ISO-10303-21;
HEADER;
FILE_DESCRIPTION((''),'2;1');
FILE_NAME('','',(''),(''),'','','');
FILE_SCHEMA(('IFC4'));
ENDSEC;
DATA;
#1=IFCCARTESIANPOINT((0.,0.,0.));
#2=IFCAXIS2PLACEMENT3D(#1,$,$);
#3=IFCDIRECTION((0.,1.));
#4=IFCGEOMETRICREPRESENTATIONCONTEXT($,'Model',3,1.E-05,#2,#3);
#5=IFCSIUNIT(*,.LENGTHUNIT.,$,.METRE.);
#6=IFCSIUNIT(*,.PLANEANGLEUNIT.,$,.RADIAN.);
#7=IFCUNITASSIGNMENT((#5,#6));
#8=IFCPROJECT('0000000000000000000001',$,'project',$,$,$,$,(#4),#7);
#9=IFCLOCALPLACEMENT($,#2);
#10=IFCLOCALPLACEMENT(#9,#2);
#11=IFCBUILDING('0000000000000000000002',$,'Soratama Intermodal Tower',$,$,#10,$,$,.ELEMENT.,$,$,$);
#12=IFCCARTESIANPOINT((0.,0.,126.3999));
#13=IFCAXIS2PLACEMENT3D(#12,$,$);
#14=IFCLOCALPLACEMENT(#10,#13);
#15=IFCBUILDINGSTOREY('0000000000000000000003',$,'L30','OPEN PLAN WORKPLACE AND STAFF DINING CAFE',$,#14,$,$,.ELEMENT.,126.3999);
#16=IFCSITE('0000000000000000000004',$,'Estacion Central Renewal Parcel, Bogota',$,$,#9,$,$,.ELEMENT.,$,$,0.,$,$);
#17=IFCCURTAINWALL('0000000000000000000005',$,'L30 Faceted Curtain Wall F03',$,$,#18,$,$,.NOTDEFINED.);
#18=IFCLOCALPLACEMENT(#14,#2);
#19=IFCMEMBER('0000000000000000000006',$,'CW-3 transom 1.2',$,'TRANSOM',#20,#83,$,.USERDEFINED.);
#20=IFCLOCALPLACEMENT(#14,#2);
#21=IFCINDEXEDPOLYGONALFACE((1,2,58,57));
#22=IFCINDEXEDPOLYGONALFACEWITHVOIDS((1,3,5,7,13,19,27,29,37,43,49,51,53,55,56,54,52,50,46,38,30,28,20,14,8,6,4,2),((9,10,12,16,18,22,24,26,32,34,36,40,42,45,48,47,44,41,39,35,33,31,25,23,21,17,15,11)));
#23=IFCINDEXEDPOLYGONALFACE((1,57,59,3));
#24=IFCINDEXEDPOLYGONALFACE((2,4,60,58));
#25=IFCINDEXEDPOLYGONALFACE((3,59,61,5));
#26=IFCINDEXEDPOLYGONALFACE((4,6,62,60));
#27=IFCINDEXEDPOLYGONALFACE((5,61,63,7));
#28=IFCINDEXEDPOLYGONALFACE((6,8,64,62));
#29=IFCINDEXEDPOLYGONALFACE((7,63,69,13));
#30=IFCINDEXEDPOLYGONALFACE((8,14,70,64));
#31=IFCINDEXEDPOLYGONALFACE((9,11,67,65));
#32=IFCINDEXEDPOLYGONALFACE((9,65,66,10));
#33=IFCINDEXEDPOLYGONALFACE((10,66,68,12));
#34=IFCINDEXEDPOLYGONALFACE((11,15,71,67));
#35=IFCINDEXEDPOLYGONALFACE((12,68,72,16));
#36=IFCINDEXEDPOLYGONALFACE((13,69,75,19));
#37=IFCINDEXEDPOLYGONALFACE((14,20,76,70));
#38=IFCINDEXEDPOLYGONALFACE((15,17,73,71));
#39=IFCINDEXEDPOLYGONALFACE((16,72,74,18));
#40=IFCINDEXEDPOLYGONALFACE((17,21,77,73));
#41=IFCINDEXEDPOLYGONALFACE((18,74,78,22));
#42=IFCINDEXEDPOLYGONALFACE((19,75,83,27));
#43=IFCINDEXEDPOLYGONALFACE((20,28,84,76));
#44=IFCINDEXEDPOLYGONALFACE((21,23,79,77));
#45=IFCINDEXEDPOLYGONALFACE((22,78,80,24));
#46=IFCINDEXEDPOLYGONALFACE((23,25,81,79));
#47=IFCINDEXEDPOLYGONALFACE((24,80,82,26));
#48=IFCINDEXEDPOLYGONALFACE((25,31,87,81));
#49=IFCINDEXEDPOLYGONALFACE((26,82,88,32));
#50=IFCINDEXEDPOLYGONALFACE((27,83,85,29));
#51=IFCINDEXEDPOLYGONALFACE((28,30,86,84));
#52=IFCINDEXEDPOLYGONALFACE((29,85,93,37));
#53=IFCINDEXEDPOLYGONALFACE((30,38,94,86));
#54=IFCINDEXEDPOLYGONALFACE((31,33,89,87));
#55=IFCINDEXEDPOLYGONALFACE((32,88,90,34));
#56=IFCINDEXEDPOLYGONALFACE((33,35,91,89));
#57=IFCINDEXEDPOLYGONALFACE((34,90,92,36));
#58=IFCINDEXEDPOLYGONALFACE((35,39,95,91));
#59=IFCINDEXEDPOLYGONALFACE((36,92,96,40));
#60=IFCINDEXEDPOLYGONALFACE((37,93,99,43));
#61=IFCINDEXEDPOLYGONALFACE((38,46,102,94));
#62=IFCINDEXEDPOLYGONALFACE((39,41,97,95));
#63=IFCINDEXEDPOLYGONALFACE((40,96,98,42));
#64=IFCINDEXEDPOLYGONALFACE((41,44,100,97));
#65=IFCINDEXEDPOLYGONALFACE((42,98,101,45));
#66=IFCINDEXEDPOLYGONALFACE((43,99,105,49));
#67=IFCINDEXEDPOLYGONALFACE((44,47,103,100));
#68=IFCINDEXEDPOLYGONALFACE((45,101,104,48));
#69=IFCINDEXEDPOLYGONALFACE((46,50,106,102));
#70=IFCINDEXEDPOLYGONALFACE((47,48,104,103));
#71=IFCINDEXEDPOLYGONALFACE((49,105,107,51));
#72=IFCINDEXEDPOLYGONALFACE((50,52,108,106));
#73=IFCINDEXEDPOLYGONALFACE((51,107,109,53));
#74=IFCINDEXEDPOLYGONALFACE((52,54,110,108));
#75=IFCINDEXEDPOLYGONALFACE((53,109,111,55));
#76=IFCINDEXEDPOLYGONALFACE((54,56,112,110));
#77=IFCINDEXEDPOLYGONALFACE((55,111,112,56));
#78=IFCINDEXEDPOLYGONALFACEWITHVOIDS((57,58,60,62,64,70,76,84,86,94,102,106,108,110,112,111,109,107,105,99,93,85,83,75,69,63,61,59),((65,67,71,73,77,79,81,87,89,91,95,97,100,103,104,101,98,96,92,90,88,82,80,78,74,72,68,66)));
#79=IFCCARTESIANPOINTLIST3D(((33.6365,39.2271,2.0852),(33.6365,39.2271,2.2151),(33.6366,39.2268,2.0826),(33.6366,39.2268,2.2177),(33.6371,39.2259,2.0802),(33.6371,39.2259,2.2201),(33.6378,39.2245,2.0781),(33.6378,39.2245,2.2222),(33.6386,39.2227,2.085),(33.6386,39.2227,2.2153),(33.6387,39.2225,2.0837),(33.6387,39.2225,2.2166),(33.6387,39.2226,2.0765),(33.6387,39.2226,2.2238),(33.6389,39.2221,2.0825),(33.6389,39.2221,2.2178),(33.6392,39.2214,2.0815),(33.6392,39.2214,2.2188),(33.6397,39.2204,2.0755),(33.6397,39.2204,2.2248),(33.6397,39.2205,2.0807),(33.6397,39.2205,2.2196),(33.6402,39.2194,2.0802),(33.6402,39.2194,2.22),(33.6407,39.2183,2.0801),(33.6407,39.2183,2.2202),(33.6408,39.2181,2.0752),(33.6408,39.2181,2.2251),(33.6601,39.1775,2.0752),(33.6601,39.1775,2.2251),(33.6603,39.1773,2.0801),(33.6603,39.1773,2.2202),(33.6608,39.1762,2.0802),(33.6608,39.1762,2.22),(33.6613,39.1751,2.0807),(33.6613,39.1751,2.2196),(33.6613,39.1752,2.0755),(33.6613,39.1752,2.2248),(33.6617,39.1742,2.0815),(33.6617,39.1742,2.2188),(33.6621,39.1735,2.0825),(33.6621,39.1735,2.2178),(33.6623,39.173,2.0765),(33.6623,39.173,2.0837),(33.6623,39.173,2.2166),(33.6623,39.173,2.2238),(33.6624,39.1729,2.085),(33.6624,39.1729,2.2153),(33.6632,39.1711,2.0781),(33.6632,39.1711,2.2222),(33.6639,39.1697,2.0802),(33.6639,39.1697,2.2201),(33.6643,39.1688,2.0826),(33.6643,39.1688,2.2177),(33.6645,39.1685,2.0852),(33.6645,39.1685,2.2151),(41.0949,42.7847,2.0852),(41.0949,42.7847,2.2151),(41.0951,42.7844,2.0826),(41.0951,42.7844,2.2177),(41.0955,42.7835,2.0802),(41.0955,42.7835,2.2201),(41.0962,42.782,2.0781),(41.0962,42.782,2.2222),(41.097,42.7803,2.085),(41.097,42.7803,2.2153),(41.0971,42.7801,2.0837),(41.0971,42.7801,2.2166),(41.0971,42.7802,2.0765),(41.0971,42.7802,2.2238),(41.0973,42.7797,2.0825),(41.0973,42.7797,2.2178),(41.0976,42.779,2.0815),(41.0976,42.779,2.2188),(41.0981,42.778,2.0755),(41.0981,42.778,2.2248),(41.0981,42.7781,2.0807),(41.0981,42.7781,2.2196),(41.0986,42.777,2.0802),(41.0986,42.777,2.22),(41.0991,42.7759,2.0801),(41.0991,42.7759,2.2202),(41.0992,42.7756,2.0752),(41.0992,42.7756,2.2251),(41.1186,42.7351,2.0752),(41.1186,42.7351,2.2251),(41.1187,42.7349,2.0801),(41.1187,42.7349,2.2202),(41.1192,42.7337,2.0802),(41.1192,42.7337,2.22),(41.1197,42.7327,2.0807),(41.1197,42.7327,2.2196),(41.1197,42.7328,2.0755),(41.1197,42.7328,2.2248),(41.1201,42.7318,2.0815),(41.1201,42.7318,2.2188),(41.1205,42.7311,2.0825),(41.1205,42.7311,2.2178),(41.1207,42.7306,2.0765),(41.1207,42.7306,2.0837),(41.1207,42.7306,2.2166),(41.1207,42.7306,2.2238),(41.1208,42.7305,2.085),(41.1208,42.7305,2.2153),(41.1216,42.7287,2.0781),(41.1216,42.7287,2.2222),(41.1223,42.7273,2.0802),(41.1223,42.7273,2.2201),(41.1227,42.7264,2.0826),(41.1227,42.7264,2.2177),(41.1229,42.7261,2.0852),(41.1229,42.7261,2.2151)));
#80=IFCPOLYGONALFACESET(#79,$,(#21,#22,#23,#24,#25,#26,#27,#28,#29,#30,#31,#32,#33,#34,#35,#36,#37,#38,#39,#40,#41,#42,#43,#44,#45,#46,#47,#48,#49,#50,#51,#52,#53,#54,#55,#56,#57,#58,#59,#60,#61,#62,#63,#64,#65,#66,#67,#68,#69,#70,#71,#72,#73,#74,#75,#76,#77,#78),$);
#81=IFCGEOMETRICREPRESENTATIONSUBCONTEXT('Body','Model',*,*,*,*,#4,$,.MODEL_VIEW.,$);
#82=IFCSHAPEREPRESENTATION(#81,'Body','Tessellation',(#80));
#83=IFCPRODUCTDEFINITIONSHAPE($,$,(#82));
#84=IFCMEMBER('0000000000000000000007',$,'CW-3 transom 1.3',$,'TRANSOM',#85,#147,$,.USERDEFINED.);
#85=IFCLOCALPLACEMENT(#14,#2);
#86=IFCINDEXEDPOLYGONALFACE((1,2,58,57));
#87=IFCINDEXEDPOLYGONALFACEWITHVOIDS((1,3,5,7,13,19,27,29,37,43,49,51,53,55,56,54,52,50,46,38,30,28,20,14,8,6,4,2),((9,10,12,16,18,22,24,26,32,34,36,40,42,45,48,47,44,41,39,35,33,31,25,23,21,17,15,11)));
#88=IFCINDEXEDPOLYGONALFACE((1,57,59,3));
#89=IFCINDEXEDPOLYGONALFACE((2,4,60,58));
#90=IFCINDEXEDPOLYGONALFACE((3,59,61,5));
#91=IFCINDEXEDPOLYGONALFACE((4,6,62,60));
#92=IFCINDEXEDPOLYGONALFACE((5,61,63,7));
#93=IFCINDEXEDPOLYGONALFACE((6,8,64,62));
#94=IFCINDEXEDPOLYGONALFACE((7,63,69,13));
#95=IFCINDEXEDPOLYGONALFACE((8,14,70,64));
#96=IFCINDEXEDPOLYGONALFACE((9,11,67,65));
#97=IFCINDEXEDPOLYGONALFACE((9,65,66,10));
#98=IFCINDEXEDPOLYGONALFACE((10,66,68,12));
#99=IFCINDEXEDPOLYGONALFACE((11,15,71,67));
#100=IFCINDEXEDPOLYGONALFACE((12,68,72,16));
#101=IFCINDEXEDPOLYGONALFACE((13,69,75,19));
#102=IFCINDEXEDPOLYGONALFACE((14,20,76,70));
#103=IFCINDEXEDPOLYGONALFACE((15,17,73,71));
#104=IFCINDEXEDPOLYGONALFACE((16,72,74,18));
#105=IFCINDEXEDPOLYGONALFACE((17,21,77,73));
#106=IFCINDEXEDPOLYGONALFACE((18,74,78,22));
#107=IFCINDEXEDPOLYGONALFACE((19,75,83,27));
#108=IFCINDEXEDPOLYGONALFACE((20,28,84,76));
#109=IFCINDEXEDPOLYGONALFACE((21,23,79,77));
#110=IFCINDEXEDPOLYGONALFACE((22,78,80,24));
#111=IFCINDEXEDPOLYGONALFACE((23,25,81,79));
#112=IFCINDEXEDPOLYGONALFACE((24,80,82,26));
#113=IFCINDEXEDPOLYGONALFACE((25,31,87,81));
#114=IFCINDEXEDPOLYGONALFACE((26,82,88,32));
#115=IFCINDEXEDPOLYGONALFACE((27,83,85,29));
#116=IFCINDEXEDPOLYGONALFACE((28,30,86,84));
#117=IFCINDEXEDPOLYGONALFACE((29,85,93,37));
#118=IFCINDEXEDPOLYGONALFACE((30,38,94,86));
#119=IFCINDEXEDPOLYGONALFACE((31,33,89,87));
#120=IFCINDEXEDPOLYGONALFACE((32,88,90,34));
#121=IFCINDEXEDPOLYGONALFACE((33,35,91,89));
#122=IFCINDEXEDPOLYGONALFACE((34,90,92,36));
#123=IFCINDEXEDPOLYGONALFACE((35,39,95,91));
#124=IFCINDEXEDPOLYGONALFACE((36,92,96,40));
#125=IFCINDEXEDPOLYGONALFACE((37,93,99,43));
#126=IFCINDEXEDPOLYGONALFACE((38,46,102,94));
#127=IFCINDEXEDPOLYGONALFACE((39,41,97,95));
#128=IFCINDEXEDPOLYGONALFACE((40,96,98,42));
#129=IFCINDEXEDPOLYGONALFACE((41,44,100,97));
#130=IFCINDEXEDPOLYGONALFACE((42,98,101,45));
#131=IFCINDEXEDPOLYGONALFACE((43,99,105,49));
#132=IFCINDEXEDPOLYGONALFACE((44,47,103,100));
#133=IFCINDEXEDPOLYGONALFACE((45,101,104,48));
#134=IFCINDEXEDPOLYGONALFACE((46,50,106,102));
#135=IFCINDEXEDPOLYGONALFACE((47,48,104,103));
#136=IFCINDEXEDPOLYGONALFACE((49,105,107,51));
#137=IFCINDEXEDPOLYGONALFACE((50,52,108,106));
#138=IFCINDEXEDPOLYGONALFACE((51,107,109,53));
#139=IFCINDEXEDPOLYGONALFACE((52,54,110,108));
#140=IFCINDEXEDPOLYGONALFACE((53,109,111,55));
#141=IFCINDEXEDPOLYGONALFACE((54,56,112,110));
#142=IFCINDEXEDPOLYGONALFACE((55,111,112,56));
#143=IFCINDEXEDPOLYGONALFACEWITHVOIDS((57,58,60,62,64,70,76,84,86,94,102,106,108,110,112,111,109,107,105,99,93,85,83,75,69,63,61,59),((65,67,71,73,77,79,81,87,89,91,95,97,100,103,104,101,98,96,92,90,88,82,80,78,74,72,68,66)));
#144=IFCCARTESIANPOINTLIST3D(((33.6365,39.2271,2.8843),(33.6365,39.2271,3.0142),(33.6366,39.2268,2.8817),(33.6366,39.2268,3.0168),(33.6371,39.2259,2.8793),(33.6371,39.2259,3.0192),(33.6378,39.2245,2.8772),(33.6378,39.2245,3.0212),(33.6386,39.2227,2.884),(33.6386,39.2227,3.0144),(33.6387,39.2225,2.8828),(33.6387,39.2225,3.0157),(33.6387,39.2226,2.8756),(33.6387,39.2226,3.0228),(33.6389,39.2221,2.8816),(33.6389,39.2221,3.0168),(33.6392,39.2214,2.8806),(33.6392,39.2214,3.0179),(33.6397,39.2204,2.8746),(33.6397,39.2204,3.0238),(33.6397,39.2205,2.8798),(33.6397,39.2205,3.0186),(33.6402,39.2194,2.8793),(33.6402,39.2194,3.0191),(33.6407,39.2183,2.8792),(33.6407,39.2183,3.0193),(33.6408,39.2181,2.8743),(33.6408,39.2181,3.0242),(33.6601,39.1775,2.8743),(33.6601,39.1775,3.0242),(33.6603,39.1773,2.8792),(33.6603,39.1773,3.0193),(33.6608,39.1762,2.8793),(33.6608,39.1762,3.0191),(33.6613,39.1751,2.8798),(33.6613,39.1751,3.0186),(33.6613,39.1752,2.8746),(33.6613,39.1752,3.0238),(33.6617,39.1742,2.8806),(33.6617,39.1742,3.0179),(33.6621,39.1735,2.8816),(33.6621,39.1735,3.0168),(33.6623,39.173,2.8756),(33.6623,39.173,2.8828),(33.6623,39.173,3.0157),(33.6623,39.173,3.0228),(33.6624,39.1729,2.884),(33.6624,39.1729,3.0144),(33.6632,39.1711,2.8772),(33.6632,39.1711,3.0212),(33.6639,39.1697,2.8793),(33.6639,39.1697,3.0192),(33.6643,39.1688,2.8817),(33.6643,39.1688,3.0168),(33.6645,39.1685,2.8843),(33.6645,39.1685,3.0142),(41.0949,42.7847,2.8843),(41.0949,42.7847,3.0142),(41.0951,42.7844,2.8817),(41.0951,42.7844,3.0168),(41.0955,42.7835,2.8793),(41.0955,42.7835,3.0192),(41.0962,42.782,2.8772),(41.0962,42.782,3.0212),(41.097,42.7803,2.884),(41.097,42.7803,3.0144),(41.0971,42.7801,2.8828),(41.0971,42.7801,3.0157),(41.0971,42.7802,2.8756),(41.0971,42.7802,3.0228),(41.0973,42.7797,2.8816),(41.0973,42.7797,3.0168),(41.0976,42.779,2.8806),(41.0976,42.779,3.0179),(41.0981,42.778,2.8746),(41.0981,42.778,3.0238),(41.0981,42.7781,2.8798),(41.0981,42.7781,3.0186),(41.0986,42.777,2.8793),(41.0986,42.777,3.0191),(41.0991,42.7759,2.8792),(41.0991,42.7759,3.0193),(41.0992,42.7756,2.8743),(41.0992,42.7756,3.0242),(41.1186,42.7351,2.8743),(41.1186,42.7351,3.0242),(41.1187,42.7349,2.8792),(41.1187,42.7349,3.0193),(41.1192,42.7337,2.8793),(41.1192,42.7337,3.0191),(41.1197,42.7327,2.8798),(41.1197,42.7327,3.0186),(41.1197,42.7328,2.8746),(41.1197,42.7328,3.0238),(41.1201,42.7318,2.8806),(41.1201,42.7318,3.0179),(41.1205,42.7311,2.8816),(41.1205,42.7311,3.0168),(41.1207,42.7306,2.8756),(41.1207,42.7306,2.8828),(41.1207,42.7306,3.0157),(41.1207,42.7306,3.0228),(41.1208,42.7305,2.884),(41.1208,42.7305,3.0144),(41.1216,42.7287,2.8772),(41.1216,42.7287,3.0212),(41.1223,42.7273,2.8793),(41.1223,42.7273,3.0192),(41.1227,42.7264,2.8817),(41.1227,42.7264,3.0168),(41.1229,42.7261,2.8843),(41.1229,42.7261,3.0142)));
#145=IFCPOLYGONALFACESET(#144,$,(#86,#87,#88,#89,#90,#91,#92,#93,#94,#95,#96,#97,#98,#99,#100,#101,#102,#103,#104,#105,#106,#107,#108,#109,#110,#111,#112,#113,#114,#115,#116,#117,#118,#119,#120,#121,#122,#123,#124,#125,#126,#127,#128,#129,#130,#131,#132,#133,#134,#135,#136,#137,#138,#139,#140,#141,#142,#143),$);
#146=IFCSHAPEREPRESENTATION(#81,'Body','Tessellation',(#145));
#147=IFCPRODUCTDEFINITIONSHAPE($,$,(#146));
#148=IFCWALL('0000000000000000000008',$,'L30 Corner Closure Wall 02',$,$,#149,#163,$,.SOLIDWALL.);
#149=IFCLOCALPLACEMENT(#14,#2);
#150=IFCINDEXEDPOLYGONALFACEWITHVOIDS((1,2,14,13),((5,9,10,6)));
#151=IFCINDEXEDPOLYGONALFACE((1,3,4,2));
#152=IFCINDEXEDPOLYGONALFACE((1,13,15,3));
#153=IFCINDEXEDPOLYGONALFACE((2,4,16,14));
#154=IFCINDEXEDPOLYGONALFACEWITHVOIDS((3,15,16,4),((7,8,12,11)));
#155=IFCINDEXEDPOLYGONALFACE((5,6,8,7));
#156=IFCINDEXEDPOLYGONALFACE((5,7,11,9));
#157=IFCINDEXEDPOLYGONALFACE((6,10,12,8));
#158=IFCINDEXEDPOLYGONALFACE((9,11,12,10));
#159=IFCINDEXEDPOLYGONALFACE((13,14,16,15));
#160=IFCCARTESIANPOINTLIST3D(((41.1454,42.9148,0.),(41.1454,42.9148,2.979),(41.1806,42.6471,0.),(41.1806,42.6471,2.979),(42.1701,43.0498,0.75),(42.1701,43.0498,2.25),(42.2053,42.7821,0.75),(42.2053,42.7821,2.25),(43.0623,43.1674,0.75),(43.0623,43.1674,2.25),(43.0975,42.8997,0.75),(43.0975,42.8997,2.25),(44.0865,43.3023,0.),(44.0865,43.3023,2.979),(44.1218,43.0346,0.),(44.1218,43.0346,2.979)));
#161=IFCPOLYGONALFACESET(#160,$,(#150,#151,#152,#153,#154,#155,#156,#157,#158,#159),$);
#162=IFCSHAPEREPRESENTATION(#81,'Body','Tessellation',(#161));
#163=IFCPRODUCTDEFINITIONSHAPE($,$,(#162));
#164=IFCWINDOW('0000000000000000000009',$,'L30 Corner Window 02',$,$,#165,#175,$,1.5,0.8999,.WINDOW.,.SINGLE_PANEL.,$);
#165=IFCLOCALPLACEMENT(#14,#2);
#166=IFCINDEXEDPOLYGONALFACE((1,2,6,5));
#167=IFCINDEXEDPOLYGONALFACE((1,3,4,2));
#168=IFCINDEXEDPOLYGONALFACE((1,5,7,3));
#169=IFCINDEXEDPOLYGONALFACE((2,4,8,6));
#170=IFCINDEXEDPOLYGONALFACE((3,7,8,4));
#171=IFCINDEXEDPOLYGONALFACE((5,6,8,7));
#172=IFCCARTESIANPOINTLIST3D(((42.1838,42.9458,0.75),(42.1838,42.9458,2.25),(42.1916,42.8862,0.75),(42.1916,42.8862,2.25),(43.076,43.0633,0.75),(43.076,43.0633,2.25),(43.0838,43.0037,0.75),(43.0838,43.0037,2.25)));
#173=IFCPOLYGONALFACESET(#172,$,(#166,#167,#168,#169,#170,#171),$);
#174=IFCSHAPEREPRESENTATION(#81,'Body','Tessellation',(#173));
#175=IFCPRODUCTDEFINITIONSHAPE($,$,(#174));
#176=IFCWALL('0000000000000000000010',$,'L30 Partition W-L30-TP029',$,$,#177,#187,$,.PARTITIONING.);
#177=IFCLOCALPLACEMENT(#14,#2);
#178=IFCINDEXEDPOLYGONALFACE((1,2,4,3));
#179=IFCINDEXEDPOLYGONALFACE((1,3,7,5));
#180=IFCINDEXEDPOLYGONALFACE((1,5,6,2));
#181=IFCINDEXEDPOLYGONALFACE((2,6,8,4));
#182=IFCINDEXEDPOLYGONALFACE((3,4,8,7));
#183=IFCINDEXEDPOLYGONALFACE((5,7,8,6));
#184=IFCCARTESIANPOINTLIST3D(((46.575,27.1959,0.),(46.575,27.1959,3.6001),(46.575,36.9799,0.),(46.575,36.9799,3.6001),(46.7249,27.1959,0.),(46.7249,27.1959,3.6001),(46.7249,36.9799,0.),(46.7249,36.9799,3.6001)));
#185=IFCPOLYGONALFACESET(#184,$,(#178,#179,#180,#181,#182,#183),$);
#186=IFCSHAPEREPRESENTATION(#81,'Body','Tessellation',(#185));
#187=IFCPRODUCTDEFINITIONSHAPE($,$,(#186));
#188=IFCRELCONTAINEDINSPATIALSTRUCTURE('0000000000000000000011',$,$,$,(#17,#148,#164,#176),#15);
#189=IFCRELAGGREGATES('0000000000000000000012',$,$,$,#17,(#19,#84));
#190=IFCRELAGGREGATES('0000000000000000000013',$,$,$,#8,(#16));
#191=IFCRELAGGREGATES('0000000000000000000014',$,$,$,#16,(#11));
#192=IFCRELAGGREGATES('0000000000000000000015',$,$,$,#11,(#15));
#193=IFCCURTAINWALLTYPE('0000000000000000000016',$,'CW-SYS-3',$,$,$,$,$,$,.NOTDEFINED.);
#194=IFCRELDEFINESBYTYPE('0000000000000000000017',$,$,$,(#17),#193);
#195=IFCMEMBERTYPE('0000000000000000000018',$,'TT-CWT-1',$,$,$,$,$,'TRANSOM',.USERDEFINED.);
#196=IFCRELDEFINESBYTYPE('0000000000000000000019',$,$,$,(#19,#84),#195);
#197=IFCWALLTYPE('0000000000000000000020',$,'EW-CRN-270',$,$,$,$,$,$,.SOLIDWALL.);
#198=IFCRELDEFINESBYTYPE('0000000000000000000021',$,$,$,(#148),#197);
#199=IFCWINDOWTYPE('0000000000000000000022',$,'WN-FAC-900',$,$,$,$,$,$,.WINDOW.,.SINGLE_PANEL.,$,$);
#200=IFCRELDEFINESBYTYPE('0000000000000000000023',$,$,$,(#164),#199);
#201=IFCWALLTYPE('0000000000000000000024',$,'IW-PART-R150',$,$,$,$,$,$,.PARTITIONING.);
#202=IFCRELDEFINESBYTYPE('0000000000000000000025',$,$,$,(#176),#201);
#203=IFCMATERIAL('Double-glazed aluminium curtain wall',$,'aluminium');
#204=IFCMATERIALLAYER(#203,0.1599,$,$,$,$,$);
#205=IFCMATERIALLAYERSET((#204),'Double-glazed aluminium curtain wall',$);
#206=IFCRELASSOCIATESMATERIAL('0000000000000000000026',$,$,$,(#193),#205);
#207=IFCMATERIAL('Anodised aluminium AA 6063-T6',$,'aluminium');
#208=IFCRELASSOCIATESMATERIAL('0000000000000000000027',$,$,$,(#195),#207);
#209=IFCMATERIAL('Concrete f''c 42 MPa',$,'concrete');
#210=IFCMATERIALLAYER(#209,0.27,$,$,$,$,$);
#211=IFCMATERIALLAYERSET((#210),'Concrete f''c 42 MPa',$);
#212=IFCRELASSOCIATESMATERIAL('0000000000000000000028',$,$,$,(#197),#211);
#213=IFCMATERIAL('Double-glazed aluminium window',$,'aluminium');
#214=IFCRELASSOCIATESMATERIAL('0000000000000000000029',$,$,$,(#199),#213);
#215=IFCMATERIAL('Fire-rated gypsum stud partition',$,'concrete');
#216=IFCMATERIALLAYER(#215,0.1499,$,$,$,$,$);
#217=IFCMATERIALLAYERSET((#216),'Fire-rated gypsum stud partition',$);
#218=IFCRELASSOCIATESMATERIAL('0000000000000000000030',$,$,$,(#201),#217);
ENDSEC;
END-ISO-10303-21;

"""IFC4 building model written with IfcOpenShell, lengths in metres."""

from ifc_helpers import new_model, si_unit, direction, frame, frame_2d, origin, origin_2d, place, context, subcontext, project, spatial, rectangle, hollow_rectangle, extrude, material, layer, layer_set, material_profile, profile_set, type_object, element, fill, aggregate, save


model = new_model("IFC4")

# Units and contexts
model_context = context("Model", 3, precision=1e-05, world=origin(), true_north=direction((0.0, 1.0)))
body_context = subcontext(model_context, "Body", "Model", "MODEL_VIEW")
ifc_project = project(units=[si_unit("LENGTHUNIT", "METRE"), si_unit("PLANEANGLEUNIT", "RADIAN")], contexts=[model_context])

# Site, building, storey
site_placement = place(None, origin())
site = spatial("IfcSite", under=ifc_project, at=site_placement, Name="Estacion Central Renewal Parcel, Bogota", CompositionType="ELEMENT", RefElevation=0.0)
building_placement = place(site_placement, origin())
building = spatial("IfcBuilding", under=site, at=building_placement, Name="Soratama Intermodal Tower", CompositionType="ELEMENT")
storey_placement = place(building_placement, frame((0.0, 0.0, 126.3999)))
storey = spatial("IfcBuildingStorey", under=building, at=storey_placement, Name="L30", Description="OPEN PLAN WORKPLACE AND STAFF DINING CAFE", CompositionType="ELEMENT", Elevation=126.3999)

# Shared definitions
ifc_material_1 = material(Name="Double-glazed aluminium curtain wall", Category="aluminium")
ifc_layer_1 = layer(ifc_material_1, 0.1599)
ifc_layer_set_1 = layer_set([ifc_layer_1], Name="Double-glazed aluminium curtain wall")
curtain_wall_type = type_object("IfcCurtainWallType", Name="CW-SYS-3", PredefinedType="NOTDEFINED", material=ifc_layer_set_1)

# Curtain wall, members
curtain_wall_1_placement = place(storey_placement, origin())
curtain_wall_1 = element("IfcCurtainWall", 1, at=curtain_wall_1_placement, inside=storey, type_object=curtain_wall_type, Name="L30 Faceted Curtain Wall F03", PredefinedType="NOTDEFINED")
ifc_material_2 = material(Name="Anodised aluminium AA 6063-T6", Category="aluminium")
ifc_material_profile_1 = material_profile(ifc_material_2, hollow_rectangle(XDim=0.0649, YDim=0.1499, WallThickness=0.0049, InnerFilletRadius=0.0049, OuterFilletRadius=0.01, at=origin_2d()), Name="CWT150X65X5")
ifc_profile_set_1 = profile_set([ifc_material_profile_1], Name="Anodised aluminium AA 6063-T6")
member_type_1 = type_object("IfcMemberType", Name="TT-CWT-1", ElementType="TRANSOM", PredefinedType="USERDEFINED", material=ifc_profile_set_1)
member_1_placement = place(storey_placement, frame((41.1089, 42.7554, 2.1501), z_axis=(-0.902581, -0.430521, 0.0), x_axis=(0.430521, -0.902581, 0.0)))
member_1 = element("IfcMember", 2, at=member_1_placement, type_object=member_type_1, Name="CW-3 transom 1.2", ObjectType="TRANSOM", PredefinedType="USERDEFINED", context=body_context, shape_type="SweptSolid", body=[
    extrude(hollow_rectangle(XDim=0.0649, YDim=0.1499, WallThickness=0.0049, InnerFilletRadius=0.0049, OuterFilletRadius=0.01, at=origin_2d()), origin(), (0.0, 0.0, 1.0), 8.2634),
])
member_2_placement = place(storey_placement, frame((41.1089, 42.7554, 2.9492), z_axis=(-0.902581, -0.430521, 0.0), x_axis=(0.430521, -0.902581, 0.0)))
member_2 = element("IfcMember", 3, at=member_2_placement, type_object=member_type_1, Name="CW-3 transom 1.3", ObjectType="TRANSOM", PredefinedType="USERDEFINED", context=body_context, shape_type="SweptSolid", body=[
    extrude(hollow_rectangle(XDim=0.0649, YDim=0.1499, WallThickness=0.0049, InnerFilletRadius=0.0049, OuterFilletRadius=0.01, at=origin_2d()), origin(), (0.0, 0.0, 1.0), 8.2634),
])
aggregate(curtain_wall_1, [member_1, member_2])

# Wall, opening, window
ifc_material_3 = material(Name="Concrete f'c 42 MPa", Category="concrete")
ifc_layer_2 = layer(ifc_material_3, 0.27)
ifc_layer_set_2 = layer_set([ifc_layer_2], Name="Concrete f'c 42 MPa")
wall_type_1 = type_object("IfcWallType", Name="EW-CRN-270", PredefinedType="SOLIDWALL", material=ifc_layer_set_2)
wall_1_placement = place(storey_placement, frame((44.1042, 43.1685, 0.0), z_axis=(0.0, 0.0, 1.0), x_axis=(-0.991434, -0.130606, 0.0)))
wall_1 = element("IfcWall", 4, at=wall_1_placement, inside=storey, type_object=wall_type_1, Name="L30 Corner Closure Wall 02", PredefinedType="SOLIDWALL", context=body_context, shape_type="SweptSolid", body=[
    extrude(rectangle(XDim=2.9666, YDim=0.27, at=frame_2d((1.4834, 0.0))), origin(), (0.0, 0.0, 1.0), 2.979),
])
opening_1_placement = place(wall_1_placement, frame((1.0332, 0.0, 0.75)))
opening_1 = element("IfcOpeningElement", 5, at=opening_1_placement, cuts=wall_1, PredefinedType="OPENING", context=body_context, shape_type="SweptSolid", body=[
    extrude(rectangle(XDim=0.8999, YDim=1.5, at=frame_2d((0.45, 0.75))), frame((0.0, 0.145, 0.0), z_axis=(0.0, -1.0, 0.0), x_axis=(1.0, 0.0, 0.0)), (0.0, 0.0, 1.0), 0.29),
])
ifc_material_4 = material(Name="Double-glazed aluminium window", Category="aluminium")
window_type = type_object("IfcWindowType", Name="WN-FAC-900", PartitioningType="SINGLE_PANEL", PredefinedType="WINDOW", material=ifc_material_4)
window_placement = place(opening_1_placement, origin())
window = element("IfcWindow", 6, at=window_placement, inside=storey, type_object=window_type, Name="L30 Corner Window 02", OverallHeight=1.5, OverallWidth=0.8999, PartitioningType="SINGLE_PANEL", PredefinedType="WINDOW", context=body_context, shape_type="SweptSolid", body=[
    extrude(rectangle(XDim=0.8999, YDim=1.5, at=frame_2d((0.45, 0.75))), frame((0.0, 0.03, 0.0), z_axis=(0.0, -1.0, 0.0), x_axis=(1.0, 0.0, 0.0)), (0.0, 0.0, 1.0), 0.0601),
])
fill(opening_1, window)

# Shared definitions
ifc_material_5 = material(Name="Fire-rated gypsum stud partition", Category="concrete")
ifc_layer_3 = layer(ifc_material_5, 0.1499)
ifc_layer_set_3 = layer_set([ifc_layer_3], Name="Fire-rated gypsum stud partition")
wall_type_2 = type_object("IfcWallType", Name="IW-PART-R150", PredefinedType="PARTITIONING", material=ifc_layer_set_3)

# Wall
wall_2_placement = place(storey_placement, frame((46.6499, 36.98, 0.0), z_axis=(0.0, 0.0, 1.0), x_axis=(0.0, -1.0, 0.0)))
element("IfcWall", 7, at=wall_2_placement, inside=storey, type_object=wall_type_2, Name="L30 Partition W-L30-TP029", PredefinedType="PARTITIONING", context=body_context, shape_type="SweptSolid", body=[
    extrude(rectangle(XDim=9.7839, YDim=0.1499, at=frame_2d((4.8921, 0.0))), origin(), (0.0, 0.0, 1.0), 3.6001),
])

save(model, "model.ifc")
